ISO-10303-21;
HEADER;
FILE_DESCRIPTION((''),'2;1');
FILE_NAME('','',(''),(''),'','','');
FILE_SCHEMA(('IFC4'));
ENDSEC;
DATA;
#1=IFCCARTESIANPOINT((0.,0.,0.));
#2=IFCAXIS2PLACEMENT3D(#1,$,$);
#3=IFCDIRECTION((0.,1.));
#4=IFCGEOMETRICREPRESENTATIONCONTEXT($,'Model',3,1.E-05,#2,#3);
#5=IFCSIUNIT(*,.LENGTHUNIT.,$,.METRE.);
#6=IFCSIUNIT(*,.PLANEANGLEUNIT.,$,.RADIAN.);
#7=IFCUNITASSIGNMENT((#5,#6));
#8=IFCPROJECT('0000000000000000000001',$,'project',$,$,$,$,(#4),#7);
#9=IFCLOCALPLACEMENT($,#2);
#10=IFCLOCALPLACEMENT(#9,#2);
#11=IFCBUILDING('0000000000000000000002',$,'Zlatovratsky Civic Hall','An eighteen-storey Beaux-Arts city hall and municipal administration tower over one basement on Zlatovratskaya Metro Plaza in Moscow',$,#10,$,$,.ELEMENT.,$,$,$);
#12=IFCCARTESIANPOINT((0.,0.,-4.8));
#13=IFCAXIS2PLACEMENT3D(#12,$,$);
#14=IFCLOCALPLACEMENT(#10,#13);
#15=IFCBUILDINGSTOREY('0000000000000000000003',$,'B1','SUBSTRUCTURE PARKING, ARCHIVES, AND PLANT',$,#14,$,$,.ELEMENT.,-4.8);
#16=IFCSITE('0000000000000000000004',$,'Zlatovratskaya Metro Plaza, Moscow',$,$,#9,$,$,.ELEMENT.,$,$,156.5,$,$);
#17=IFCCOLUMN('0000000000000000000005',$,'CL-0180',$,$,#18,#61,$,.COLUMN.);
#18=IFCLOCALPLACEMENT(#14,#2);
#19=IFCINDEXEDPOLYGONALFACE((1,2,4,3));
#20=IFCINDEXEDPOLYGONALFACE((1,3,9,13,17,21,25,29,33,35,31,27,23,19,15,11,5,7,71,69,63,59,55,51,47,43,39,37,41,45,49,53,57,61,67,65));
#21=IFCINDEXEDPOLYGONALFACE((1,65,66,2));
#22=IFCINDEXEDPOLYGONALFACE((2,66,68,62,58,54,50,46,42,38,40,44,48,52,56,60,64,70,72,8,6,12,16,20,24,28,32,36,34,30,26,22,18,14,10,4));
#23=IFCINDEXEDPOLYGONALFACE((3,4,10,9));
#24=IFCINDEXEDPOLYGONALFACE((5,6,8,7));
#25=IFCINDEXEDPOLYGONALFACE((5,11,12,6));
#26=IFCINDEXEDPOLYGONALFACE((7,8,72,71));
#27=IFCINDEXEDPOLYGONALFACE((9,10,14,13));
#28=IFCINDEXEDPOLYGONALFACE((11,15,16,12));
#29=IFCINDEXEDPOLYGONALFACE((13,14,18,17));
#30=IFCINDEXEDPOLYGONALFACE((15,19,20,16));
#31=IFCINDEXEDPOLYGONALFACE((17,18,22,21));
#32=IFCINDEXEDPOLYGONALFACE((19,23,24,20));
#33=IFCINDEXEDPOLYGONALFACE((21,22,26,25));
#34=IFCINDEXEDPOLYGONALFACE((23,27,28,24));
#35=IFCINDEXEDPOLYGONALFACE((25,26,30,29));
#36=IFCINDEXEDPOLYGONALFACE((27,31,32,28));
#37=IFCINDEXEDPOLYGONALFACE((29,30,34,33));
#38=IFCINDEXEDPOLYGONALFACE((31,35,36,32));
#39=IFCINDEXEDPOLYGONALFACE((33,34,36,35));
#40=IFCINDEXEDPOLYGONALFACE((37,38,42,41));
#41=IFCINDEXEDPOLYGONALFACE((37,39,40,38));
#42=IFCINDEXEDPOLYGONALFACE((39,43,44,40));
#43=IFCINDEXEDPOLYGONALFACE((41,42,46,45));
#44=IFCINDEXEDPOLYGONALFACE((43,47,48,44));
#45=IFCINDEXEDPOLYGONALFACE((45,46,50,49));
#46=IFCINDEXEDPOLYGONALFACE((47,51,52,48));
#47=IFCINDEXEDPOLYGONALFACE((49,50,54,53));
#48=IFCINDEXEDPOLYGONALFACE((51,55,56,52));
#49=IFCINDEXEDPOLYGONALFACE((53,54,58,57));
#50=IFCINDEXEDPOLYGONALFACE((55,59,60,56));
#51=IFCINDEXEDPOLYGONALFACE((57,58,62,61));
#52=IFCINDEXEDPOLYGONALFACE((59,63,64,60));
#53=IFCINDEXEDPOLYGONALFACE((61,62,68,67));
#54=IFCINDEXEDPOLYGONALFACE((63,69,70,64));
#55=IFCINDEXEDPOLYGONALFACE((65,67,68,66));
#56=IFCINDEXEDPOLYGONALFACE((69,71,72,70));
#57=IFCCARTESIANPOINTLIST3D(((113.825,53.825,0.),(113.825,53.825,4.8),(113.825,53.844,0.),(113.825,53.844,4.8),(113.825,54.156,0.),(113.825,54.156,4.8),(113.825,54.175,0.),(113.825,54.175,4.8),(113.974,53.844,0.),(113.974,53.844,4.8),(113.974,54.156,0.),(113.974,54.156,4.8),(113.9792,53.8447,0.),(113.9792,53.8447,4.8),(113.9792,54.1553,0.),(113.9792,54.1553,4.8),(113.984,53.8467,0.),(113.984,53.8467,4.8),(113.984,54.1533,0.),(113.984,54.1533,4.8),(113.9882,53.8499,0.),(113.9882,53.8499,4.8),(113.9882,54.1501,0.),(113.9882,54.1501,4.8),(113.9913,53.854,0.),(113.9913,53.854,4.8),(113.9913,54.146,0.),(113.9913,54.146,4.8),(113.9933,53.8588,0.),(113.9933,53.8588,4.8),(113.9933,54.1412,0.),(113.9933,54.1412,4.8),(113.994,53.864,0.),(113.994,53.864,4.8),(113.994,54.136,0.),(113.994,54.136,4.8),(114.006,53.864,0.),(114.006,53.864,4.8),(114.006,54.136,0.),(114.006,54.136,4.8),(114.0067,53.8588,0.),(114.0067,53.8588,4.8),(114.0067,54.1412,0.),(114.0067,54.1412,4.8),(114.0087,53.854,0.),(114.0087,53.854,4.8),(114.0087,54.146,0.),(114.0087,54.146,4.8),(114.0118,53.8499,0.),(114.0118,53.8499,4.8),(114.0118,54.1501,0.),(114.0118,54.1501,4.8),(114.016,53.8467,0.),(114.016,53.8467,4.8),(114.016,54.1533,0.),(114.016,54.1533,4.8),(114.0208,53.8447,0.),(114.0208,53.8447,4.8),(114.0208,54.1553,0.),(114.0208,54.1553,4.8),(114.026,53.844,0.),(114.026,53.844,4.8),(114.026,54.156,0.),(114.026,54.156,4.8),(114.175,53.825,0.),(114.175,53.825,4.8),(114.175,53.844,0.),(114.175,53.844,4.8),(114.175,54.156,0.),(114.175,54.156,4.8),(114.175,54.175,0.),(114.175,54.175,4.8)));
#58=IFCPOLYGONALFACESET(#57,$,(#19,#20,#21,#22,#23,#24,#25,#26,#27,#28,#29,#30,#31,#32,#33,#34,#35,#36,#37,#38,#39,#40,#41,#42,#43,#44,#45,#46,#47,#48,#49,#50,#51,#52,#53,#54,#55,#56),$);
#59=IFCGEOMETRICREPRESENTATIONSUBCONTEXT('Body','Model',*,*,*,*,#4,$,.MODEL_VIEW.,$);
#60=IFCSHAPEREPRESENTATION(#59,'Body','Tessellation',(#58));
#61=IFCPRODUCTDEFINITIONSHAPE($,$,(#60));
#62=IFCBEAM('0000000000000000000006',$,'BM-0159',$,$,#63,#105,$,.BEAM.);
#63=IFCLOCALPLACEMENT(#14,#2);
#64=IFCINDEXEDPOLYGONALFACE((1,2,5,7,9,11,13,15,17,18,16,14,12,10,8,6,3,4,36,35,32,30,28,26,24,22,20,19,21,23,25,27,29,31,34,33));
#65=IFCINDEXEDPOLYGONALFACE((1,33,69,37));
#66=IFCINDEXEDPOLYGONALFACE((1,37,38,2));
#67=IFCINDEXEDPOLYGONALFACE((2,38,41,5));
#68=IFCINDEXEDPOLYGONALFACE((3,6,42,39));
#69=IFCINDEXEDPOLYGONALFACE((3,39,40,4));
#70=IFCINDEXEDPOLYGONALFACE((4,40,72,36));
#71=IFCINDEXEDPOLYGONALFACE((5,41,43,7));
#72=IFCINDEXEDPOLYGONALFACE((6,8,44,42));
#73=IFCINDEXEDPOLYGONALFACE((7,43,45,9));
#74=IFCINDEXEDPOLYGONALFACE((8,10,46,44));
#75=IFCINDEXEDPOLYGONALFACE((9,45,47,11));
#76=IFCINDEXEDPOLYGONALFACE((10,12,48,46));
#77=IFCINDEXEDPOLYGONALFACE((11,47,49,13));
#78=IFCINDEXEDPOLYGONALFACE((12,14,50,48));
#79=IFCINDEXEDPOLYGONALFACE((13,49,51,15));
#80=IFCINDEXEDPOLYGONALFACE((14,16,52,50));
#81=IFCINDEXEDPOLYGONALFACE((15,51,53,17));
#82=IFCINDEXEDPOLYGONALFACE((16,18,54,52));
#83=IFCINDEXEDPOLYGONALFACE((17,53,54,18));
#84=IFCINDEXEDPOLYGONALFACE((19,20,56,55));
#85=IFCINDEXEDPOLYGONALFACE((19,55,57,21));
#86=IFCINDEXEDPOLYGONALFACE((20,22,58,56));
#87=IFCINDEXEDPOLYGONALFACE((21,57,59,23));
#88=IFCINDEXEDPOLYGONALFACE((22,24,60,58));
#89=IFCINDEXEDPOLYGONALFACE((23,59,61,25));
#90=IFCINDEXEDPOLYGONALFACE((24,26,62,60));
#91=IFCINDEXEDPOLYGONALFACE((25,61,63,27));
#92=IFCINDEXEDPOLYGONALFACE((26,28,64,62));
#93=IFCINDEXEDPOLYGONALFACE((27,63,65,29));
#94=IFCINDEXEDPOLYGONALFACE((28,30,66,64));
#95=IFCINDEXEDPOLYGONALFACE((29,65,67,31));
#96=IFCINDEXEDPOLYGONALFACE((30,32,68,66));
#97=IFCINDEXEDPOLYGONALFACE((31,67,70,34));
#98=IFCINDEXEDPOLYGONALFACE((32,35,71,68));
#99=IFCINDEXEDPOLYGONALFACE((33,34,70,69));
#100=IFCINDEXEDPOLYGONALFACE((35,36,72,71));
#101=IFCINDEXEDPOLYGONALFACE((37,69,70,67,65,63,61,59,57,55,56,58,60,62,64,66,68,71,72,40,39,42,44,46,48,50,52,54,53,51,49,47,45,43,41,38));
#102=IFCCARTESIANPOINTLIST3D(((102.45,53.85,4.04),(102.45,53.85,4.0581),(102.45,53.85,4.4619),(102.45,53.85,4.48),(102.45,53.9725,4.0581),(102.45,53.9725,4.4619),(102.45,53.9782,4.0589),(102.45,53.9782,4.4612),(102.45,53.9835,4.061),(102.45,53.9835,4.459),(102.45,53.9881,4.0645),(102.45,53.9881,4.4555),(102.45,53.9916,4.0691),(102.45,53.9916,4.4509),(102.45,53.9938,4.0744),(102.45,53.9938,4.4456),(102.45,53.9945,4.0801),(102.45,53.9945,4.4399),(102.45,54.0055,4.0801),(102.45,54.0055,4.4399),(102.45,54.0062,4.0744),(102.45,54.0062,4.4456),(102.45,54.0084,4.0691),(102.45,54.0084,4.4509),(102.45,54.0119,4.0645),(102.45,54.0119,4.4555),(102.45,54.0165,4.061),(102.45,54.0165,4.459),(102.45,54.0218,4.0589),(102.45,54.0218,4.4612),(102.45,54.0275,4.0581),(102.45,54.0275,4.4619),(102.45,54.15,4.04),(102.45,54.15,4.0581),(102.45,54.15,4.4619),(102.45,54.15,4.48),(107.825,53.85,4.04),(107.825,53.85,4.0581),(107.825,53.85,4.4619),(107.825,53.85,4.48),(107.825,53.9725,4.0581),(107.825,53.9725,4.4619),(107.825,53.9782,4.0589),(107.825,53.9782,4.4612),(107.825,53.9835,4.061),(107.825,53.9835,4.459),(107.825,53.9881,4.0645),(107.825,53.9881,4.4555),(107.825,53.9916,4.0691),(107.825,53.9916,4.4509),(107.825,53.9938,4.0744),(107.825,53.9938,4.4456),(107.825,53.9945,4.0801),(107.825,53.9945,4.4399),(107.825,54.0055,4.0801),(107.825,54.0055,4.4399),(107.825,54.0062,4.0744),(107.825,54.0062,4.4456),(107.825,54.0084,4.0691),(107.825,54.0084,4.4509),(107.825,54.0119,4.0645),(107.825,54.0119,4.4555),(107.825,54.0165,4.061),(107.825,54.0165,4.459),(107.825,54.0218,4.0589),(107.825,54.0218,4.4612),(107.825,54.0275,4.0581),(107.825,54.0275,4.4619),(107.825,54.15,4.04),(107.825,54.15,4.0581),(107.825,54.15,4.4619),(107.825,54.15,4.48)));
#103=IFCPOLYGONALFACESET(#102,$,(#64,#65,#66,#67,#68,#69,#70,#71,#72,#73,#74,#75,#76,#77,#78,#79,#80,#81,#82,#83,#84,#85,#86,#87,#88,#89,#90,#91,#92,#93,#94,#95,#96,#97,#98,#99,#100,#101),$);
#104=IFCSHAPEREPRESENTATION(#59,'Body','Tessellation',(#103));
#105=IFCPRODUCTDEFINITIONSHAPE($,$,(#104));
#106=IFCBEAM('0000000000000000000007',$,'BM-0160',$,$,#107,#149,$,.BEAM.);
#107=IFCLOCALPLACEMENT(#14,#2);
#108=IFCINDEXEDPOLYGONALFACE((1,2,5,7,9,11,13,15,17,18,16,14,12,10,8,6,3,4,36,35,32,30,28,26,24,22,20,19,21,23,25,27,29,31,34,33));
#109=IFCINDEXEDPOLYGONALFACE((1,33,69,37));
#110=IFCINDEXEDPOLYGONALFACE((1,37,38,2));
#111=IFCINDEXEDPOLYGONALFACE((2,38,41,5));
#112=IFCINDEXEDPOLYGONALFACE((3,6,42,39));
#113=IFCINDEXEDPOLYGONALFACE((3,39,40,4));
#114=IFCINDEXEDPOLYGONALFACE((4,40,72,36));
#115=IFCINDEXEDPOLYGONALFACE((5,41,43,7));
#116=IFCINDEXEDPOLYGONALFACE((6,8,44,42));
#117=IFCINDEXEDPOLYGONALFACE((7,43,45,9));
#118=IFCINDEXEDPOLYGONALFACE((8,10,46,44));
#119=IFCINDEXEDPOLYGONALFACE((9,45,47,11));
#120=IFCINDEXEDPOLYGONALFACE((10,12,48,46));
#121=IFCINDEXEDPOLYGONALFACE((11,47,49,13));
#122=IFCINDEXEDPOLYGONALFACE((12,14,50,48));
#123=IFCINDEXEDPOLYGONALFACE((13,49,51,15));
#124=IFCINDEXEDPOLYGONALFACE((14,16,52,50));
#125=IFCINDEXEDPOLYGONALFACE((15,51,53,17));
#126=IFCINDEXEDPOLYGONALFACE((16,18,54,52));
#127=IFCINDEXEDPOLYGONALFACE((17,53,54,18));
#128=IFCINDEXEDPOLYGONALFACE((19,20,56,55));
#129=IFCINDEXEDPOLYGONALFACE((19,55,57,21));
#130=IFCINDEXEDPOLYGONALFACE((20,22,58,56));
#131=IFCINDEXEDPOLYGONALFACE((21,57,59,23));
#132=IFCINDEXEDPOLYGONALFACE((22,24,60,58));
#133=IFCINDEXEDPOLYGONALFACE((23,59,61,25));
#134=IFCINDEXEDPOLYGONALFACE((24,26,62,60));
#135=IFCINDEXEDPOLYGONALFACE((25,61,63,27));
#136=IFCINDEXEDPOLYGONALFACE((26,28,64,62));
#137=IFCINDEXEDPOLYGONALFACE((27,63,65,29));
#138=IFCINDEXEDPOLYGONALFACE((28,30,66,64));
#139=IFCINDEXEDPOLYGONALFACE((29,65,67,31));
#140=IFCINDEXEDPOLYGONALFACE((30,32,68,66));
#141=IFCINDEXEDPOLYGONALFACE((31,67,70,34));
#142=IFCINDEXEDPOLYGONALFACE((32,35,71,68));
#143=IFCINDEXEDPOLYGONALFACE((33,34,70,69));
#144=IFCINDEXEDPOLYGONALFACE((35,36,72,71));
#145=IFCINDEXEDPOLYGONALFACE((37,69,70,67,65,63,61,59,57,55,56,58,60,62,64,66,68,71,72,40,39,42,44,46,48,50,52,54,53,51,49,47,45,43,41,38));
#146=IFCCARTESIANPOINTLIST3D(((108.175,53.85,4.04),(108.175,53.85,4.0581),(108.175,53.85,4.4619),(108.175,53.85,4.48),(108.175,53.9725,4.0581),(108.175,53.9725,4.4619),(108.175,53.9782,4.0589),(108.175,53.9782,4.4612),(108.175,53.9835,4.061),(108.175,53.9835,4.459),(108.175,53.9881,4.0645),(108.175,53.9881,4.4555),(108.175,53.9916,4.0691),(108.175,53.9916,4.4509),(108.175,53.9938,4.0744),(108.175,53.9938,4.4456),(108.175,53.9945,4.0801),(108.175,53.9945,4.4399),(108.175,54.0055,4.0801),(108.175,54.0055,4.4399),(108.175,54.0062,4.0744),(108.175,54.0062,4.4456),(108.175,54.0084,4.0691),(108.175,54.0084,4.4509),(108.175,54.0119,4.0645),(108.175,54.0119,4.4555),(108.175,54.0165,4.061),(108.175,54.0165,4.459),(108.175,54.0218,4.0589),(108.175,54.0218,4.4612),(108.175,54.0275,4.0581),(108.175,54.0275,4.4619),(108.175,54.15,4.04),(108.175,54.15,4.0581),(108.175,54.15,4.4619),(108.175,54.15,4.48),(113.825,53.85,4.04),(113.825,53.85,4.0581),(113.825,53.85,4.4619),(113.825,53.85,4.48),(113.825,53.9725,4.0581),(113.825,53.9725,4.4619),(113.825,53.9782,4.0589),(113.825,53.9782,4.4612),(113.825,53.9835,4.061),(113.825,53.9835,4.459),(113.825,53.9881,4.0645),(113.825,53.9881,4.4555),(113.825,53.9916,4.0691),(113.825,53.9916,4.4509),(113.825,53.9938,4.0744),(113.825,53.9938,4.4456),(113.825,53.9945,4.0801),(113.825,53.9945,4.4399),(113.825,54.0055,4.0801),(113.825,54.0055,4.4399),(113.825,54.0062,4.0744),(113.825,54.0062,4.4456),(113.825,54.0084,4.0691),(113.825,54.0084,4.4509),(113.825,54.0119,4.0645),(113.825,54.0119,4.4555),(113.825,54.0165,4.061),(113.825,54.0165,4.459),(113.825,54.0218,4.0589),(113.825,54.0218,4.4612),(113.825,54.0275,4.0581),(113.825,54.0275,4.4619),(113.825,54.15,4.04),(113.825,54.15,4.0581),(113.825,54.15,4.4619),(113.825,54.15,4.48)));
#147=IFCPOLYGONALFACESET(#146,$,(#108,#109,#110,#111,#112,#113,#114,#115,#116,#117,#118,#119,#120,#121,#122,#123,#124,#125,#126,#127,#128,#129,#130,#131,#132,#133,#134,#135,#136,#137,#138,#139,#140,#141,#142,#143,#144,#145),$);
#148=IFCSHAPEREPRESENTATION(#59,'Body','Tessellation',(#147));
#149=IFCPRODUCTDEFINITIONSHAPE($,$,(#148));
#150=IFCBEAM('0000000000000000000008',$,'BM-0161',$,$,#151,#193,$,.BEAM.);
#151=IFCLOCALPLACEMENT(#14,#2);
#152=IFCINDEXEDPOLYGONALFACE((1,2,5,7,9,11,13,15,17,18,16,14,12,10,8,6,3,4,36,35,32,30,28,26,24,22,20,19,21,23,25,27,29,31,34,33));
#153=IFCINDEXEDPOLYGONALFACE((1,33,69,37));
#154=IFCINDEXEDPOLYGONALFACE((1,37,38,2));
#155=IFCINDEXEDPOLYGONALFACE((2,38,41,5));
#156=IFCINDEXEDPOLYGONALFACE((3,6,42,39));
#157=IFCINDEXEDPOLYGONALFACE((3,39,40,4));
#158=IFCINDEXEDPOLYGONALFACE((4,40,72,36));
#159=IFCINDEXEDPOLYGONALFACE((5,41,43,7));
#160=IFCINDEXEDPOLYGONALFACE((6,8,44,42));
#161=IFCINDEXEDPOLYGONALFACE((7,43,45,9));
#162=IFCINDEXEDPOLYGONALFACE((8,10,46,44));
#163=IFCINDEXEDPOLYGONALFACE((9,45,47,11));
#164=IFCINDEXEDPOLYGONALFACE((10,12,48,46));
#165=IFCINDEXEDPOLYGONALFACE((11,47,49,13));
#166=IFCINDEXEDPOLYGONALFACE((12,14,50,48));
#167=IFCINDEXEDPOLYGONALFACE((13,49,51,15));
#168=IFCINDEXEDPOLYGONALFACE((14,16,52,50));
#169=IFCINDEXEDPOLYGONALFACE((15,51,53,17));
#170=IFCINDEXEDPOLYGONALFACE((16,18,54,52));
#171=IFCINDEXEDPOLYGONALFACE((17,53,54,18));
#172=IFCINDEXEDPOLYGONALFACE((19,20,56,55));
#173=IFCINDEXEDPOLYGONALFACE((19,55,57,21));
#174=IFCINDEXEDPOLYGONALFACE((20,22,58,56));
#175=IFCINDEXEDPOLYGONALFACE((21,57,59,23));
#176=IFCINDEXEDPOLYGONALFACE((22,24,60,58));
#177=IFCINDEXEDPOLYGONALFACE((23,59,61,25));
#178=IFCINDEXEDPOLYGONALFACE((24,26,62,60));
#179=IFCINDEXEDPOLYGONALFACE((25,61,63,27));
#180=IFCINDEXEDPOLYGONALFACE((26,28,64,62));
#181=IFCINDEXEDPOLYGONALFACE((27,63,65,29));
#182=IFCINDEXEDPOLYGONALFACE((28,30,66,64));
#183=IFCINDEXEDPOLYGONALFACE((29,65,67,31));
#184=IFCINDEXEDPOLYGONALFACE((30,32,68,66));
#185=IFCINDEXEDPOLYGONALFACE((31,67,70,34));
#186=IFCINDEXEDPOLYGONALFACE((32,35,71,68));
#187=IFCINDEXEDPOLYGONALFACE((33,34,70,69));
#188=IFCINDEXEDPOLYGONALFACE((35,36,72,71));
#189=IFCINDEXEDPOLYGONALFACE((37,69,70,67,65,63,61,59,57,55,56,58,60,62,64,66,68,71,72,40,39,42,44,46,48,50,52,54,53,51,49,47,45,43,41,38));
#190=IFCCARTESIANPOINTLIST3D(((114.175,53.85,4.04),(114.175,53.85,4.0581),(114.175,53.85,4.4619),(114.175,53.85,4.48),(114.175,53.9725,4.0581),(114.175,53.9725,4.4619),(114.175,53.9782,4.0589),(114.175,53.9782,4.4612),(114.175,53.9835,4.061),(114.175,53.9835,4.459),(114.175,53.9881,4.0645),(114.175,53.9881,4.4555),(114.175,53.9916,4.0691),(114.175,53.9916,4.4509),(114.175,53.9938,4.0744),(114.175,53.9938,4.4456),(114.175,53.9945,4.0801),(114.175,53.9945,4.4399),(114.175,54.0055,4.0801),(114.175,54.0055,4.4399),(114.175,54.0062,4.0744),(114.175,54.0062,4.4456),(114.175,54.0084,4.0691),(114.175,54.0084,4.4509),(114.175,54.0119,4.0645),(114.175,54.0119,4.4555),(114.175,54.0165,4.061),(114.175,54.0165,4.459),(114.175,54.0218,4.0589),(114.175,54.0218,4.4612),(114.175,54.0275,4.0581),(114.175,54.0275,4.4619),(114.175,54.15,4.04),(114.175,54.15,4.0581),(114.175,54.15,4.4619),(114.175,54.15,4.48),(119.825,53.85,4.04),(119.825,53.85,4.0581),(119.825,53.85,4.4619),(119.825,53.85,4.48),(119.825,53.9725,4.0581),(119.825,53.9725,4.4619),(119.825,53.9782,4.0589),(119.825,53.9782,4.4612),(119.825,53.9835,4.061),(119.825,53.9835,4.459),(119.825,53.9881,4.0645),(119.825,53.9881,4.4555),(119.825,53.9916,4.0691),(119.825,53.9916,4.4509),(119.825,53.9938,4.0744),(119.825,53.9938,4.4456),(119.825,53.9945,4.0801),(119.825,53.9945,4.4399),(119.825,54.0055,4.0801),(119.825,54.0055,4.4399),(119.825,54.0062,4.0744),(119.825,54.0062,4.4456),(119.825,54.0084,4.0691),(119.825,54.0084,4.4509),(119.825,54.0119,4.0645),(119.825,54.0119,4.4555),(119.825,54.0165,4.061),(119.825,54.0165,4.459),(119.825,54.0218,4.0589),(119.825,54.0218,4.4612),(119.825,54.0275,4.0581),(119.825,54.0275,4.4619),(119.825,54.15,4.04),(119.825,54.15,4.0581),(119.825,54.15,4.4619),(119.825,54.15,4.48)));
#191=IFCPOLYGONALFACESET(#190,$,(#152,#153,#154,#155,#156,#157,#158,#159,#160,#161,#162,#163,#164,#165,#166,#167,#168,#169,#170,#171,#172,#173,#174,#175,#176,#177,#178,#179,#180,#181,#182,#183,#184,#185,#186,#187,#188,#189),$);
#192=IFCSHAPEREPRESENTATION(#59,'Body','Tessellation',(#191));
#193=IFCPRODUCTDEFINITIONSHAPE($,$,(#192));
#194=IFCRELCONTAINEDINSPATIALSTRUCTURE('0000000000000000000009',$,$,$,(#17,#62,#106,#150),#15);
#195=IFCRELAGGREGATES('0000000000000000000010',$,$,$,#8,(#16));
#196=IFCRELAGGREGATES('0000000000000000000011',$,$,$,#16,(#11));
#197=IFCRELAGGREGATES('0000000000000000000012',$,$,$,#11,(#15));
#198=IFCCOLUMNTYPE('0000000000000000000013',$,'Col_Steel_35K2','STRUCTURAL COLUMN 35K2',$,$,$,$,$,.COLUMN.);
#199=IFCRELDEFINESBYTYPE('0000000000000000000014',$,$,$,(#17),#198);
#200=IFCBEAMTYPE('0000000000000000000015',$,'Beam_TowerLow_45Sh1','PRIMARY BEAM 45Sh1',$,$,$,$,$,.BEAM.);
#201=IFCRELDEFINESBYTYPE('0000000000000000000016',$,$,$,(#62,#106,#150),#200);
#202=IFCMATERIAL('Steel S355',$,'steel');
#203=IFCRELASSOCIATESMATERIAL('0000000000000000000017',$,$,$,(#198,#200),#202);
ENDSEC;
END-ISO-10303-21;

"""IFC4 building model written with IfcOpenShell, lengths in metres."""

from ifc_helpers import new_model, si_unit, direction, frame, origin, origin_2d, place, context, subcontext, project, spatial, i_section, extrude, material, material_profile, profile_set, type_object, element, save


model = new_model("IFC4")

# Units and contexts
model_context = context("Model", 3, precision=1e-05, world=origin(), true_north=direction((0.0, 1.0)))
body_context = subcontext(model_context, "Body", "Model", "MODEL_VIEW")
ifc_project = project(units=[si_unit("LENGTHUNIT", "METRE"), si_unit("PLANEANGLEUNIT", "RADIAN")], contexts=[model_context])

# Site, building, storey
site_placement = place(None, origin())
site = spatial("IfcSite", under=ifc_project, at=site_placement, Name="Zlatovratskaya Metro Plaza, Moscow", CompositionType="ELEMENT", RefElevation=156.5)
building_placement = place(site_placement, origin())
building = spatial("IfcBuilding", under=site, at=building_placement, Name="Zlatovratsky Civic Hall", Description="An eighteen-storey Beaux-Arts city hall and municipal administration tower over one basement on Zlatovratskaya Metro Plaza in Moscow", CompositionType="ELEMENT")
storey_placement = place(building_placement, frame((0.0, 0.0, -4.8)))
storey = spatial("IfcBuildingStorey", under=building, at=storey_placement, Name="B1", Description="SUBSTRUCTURE PARKING, ARCHIVES, AND PLANT", CompositionType="ELEMENT", Elevation=-4.8)

# Column
ifc_material_1 = material(Name="Steel S355", Category="steel")
ifc_material_profile_1 = material_profile(ifc_material_1, i_section(OverallWidth=0.3501, OverallDepth=0.3501, WebThickness=0.012, FlangeThickness=0.019, FilletRadius=0.02, at=origin_2d()), Name="35K2")
ifc_profile_set_1 = profile_set([ifc_material_profile_1], Name="Steel S355")
column_type_1 = type_object("IfcColumnType", Name="Col_Steel_35K2", Description="STRUCTURAL COLUMN 35K2", PredefinedType="COLUMN", material=ifc_profile_set_1)
for number, where, z_axis, x_axis, name in (
    (1, (114.0, 54.0, 0.0), (0.0, 0.0, 1.0), (1.0, 0.0, 0.0), "CL-0180"),
):
    element("IfcColumn", number, at=place(storey_placement, frame(where, z_axis=z_axis, x_axis=x_axis)), inside=storey, type_object=column_type_1, Name=name, PredefinedType="COLUMN", context=body_context, shape_type="SweptSolid", body=[
        extrude(i_section(OverallWidth=0.3501, OverallDepth=0.3501, WebThickness=0.012, FlangeThickness=0.019, FilletRadius=0.02, at=origin_2d()), origin(), (0.0, 0.0, 1.0), 4.8),
    ])

# Beams
ifc_material_profile_2 = material_profile(ifc_material_1, i_section(OverallWidth=0.3, OverallDepth=0.4399, WebThickness=0.011, FlangeThickness=0.0181, FilletRadius=0.022, at=origin_2d()), Name="45Sh1")
ifc_profile_set_2 = profile_set([ifc_material_profile_2], Name="Steel S355")
beam_type = type_object("IfcBeamType", Name="Beam_TowerLow_45Sh1", Description="PRIMARY BEAM 45Sh1", PredefinedType="BEAM", material=ifc_profile_set_2)
beam_1_placement = place(storey_placement, frame((102.45, 54.0, 4.26), z_axis=(1.0, 0.0, 0.0), x_axis=(0.0, 1.0, 0.0)))
element("IfcBeam", 2, at=beam_1_placement, inside=storey, type_object=beam_type, Name="BM-0159", PredefinedType="BEAM", context=body_context, shape_type="SweptSolid", body=[
    extrude(i_section(OverallWidth=0.3, OverallDepth=0.4399, WebThickness=0.011, FlangeThickness=0.0181, FilletRadius=0.022, at=origin_2d()), origin(), (0.0, 0.0, 1.0), 5.375),
])
for number, where, z_axis, x_axis, name in (
    (3, (108.175, 54.0, 4.26), (1.0, 0.0, 0.0), (0.0, 1.0, 0.0), "BM-0160"),
    (4, (114.175, 54.0, 4.26), (1.0, 0.0, 0.0), (0.0, 1.0, 0.0), "BM-0161"),
):
    element("IfcBeam", number, at=place(storey_placement, frame(where, z_axis=z_axis, x_axis=x_axis)), inside=storey, type_object=beam_type, Name=name, PredefinedType="BEAM", context=body_context, shape_type="SweptSolid", body=[
        extrude(i_section(OverallWidth=0.3, OverallDepth=0.4399, WebThickness=0.011, FlangeThickness=0.0181, FilletRadius=0.022, at=origin_2d()), origin(), (0.0, 0.0, 1.0), 5.6499),
    ])

save(model, "model.ifc")
